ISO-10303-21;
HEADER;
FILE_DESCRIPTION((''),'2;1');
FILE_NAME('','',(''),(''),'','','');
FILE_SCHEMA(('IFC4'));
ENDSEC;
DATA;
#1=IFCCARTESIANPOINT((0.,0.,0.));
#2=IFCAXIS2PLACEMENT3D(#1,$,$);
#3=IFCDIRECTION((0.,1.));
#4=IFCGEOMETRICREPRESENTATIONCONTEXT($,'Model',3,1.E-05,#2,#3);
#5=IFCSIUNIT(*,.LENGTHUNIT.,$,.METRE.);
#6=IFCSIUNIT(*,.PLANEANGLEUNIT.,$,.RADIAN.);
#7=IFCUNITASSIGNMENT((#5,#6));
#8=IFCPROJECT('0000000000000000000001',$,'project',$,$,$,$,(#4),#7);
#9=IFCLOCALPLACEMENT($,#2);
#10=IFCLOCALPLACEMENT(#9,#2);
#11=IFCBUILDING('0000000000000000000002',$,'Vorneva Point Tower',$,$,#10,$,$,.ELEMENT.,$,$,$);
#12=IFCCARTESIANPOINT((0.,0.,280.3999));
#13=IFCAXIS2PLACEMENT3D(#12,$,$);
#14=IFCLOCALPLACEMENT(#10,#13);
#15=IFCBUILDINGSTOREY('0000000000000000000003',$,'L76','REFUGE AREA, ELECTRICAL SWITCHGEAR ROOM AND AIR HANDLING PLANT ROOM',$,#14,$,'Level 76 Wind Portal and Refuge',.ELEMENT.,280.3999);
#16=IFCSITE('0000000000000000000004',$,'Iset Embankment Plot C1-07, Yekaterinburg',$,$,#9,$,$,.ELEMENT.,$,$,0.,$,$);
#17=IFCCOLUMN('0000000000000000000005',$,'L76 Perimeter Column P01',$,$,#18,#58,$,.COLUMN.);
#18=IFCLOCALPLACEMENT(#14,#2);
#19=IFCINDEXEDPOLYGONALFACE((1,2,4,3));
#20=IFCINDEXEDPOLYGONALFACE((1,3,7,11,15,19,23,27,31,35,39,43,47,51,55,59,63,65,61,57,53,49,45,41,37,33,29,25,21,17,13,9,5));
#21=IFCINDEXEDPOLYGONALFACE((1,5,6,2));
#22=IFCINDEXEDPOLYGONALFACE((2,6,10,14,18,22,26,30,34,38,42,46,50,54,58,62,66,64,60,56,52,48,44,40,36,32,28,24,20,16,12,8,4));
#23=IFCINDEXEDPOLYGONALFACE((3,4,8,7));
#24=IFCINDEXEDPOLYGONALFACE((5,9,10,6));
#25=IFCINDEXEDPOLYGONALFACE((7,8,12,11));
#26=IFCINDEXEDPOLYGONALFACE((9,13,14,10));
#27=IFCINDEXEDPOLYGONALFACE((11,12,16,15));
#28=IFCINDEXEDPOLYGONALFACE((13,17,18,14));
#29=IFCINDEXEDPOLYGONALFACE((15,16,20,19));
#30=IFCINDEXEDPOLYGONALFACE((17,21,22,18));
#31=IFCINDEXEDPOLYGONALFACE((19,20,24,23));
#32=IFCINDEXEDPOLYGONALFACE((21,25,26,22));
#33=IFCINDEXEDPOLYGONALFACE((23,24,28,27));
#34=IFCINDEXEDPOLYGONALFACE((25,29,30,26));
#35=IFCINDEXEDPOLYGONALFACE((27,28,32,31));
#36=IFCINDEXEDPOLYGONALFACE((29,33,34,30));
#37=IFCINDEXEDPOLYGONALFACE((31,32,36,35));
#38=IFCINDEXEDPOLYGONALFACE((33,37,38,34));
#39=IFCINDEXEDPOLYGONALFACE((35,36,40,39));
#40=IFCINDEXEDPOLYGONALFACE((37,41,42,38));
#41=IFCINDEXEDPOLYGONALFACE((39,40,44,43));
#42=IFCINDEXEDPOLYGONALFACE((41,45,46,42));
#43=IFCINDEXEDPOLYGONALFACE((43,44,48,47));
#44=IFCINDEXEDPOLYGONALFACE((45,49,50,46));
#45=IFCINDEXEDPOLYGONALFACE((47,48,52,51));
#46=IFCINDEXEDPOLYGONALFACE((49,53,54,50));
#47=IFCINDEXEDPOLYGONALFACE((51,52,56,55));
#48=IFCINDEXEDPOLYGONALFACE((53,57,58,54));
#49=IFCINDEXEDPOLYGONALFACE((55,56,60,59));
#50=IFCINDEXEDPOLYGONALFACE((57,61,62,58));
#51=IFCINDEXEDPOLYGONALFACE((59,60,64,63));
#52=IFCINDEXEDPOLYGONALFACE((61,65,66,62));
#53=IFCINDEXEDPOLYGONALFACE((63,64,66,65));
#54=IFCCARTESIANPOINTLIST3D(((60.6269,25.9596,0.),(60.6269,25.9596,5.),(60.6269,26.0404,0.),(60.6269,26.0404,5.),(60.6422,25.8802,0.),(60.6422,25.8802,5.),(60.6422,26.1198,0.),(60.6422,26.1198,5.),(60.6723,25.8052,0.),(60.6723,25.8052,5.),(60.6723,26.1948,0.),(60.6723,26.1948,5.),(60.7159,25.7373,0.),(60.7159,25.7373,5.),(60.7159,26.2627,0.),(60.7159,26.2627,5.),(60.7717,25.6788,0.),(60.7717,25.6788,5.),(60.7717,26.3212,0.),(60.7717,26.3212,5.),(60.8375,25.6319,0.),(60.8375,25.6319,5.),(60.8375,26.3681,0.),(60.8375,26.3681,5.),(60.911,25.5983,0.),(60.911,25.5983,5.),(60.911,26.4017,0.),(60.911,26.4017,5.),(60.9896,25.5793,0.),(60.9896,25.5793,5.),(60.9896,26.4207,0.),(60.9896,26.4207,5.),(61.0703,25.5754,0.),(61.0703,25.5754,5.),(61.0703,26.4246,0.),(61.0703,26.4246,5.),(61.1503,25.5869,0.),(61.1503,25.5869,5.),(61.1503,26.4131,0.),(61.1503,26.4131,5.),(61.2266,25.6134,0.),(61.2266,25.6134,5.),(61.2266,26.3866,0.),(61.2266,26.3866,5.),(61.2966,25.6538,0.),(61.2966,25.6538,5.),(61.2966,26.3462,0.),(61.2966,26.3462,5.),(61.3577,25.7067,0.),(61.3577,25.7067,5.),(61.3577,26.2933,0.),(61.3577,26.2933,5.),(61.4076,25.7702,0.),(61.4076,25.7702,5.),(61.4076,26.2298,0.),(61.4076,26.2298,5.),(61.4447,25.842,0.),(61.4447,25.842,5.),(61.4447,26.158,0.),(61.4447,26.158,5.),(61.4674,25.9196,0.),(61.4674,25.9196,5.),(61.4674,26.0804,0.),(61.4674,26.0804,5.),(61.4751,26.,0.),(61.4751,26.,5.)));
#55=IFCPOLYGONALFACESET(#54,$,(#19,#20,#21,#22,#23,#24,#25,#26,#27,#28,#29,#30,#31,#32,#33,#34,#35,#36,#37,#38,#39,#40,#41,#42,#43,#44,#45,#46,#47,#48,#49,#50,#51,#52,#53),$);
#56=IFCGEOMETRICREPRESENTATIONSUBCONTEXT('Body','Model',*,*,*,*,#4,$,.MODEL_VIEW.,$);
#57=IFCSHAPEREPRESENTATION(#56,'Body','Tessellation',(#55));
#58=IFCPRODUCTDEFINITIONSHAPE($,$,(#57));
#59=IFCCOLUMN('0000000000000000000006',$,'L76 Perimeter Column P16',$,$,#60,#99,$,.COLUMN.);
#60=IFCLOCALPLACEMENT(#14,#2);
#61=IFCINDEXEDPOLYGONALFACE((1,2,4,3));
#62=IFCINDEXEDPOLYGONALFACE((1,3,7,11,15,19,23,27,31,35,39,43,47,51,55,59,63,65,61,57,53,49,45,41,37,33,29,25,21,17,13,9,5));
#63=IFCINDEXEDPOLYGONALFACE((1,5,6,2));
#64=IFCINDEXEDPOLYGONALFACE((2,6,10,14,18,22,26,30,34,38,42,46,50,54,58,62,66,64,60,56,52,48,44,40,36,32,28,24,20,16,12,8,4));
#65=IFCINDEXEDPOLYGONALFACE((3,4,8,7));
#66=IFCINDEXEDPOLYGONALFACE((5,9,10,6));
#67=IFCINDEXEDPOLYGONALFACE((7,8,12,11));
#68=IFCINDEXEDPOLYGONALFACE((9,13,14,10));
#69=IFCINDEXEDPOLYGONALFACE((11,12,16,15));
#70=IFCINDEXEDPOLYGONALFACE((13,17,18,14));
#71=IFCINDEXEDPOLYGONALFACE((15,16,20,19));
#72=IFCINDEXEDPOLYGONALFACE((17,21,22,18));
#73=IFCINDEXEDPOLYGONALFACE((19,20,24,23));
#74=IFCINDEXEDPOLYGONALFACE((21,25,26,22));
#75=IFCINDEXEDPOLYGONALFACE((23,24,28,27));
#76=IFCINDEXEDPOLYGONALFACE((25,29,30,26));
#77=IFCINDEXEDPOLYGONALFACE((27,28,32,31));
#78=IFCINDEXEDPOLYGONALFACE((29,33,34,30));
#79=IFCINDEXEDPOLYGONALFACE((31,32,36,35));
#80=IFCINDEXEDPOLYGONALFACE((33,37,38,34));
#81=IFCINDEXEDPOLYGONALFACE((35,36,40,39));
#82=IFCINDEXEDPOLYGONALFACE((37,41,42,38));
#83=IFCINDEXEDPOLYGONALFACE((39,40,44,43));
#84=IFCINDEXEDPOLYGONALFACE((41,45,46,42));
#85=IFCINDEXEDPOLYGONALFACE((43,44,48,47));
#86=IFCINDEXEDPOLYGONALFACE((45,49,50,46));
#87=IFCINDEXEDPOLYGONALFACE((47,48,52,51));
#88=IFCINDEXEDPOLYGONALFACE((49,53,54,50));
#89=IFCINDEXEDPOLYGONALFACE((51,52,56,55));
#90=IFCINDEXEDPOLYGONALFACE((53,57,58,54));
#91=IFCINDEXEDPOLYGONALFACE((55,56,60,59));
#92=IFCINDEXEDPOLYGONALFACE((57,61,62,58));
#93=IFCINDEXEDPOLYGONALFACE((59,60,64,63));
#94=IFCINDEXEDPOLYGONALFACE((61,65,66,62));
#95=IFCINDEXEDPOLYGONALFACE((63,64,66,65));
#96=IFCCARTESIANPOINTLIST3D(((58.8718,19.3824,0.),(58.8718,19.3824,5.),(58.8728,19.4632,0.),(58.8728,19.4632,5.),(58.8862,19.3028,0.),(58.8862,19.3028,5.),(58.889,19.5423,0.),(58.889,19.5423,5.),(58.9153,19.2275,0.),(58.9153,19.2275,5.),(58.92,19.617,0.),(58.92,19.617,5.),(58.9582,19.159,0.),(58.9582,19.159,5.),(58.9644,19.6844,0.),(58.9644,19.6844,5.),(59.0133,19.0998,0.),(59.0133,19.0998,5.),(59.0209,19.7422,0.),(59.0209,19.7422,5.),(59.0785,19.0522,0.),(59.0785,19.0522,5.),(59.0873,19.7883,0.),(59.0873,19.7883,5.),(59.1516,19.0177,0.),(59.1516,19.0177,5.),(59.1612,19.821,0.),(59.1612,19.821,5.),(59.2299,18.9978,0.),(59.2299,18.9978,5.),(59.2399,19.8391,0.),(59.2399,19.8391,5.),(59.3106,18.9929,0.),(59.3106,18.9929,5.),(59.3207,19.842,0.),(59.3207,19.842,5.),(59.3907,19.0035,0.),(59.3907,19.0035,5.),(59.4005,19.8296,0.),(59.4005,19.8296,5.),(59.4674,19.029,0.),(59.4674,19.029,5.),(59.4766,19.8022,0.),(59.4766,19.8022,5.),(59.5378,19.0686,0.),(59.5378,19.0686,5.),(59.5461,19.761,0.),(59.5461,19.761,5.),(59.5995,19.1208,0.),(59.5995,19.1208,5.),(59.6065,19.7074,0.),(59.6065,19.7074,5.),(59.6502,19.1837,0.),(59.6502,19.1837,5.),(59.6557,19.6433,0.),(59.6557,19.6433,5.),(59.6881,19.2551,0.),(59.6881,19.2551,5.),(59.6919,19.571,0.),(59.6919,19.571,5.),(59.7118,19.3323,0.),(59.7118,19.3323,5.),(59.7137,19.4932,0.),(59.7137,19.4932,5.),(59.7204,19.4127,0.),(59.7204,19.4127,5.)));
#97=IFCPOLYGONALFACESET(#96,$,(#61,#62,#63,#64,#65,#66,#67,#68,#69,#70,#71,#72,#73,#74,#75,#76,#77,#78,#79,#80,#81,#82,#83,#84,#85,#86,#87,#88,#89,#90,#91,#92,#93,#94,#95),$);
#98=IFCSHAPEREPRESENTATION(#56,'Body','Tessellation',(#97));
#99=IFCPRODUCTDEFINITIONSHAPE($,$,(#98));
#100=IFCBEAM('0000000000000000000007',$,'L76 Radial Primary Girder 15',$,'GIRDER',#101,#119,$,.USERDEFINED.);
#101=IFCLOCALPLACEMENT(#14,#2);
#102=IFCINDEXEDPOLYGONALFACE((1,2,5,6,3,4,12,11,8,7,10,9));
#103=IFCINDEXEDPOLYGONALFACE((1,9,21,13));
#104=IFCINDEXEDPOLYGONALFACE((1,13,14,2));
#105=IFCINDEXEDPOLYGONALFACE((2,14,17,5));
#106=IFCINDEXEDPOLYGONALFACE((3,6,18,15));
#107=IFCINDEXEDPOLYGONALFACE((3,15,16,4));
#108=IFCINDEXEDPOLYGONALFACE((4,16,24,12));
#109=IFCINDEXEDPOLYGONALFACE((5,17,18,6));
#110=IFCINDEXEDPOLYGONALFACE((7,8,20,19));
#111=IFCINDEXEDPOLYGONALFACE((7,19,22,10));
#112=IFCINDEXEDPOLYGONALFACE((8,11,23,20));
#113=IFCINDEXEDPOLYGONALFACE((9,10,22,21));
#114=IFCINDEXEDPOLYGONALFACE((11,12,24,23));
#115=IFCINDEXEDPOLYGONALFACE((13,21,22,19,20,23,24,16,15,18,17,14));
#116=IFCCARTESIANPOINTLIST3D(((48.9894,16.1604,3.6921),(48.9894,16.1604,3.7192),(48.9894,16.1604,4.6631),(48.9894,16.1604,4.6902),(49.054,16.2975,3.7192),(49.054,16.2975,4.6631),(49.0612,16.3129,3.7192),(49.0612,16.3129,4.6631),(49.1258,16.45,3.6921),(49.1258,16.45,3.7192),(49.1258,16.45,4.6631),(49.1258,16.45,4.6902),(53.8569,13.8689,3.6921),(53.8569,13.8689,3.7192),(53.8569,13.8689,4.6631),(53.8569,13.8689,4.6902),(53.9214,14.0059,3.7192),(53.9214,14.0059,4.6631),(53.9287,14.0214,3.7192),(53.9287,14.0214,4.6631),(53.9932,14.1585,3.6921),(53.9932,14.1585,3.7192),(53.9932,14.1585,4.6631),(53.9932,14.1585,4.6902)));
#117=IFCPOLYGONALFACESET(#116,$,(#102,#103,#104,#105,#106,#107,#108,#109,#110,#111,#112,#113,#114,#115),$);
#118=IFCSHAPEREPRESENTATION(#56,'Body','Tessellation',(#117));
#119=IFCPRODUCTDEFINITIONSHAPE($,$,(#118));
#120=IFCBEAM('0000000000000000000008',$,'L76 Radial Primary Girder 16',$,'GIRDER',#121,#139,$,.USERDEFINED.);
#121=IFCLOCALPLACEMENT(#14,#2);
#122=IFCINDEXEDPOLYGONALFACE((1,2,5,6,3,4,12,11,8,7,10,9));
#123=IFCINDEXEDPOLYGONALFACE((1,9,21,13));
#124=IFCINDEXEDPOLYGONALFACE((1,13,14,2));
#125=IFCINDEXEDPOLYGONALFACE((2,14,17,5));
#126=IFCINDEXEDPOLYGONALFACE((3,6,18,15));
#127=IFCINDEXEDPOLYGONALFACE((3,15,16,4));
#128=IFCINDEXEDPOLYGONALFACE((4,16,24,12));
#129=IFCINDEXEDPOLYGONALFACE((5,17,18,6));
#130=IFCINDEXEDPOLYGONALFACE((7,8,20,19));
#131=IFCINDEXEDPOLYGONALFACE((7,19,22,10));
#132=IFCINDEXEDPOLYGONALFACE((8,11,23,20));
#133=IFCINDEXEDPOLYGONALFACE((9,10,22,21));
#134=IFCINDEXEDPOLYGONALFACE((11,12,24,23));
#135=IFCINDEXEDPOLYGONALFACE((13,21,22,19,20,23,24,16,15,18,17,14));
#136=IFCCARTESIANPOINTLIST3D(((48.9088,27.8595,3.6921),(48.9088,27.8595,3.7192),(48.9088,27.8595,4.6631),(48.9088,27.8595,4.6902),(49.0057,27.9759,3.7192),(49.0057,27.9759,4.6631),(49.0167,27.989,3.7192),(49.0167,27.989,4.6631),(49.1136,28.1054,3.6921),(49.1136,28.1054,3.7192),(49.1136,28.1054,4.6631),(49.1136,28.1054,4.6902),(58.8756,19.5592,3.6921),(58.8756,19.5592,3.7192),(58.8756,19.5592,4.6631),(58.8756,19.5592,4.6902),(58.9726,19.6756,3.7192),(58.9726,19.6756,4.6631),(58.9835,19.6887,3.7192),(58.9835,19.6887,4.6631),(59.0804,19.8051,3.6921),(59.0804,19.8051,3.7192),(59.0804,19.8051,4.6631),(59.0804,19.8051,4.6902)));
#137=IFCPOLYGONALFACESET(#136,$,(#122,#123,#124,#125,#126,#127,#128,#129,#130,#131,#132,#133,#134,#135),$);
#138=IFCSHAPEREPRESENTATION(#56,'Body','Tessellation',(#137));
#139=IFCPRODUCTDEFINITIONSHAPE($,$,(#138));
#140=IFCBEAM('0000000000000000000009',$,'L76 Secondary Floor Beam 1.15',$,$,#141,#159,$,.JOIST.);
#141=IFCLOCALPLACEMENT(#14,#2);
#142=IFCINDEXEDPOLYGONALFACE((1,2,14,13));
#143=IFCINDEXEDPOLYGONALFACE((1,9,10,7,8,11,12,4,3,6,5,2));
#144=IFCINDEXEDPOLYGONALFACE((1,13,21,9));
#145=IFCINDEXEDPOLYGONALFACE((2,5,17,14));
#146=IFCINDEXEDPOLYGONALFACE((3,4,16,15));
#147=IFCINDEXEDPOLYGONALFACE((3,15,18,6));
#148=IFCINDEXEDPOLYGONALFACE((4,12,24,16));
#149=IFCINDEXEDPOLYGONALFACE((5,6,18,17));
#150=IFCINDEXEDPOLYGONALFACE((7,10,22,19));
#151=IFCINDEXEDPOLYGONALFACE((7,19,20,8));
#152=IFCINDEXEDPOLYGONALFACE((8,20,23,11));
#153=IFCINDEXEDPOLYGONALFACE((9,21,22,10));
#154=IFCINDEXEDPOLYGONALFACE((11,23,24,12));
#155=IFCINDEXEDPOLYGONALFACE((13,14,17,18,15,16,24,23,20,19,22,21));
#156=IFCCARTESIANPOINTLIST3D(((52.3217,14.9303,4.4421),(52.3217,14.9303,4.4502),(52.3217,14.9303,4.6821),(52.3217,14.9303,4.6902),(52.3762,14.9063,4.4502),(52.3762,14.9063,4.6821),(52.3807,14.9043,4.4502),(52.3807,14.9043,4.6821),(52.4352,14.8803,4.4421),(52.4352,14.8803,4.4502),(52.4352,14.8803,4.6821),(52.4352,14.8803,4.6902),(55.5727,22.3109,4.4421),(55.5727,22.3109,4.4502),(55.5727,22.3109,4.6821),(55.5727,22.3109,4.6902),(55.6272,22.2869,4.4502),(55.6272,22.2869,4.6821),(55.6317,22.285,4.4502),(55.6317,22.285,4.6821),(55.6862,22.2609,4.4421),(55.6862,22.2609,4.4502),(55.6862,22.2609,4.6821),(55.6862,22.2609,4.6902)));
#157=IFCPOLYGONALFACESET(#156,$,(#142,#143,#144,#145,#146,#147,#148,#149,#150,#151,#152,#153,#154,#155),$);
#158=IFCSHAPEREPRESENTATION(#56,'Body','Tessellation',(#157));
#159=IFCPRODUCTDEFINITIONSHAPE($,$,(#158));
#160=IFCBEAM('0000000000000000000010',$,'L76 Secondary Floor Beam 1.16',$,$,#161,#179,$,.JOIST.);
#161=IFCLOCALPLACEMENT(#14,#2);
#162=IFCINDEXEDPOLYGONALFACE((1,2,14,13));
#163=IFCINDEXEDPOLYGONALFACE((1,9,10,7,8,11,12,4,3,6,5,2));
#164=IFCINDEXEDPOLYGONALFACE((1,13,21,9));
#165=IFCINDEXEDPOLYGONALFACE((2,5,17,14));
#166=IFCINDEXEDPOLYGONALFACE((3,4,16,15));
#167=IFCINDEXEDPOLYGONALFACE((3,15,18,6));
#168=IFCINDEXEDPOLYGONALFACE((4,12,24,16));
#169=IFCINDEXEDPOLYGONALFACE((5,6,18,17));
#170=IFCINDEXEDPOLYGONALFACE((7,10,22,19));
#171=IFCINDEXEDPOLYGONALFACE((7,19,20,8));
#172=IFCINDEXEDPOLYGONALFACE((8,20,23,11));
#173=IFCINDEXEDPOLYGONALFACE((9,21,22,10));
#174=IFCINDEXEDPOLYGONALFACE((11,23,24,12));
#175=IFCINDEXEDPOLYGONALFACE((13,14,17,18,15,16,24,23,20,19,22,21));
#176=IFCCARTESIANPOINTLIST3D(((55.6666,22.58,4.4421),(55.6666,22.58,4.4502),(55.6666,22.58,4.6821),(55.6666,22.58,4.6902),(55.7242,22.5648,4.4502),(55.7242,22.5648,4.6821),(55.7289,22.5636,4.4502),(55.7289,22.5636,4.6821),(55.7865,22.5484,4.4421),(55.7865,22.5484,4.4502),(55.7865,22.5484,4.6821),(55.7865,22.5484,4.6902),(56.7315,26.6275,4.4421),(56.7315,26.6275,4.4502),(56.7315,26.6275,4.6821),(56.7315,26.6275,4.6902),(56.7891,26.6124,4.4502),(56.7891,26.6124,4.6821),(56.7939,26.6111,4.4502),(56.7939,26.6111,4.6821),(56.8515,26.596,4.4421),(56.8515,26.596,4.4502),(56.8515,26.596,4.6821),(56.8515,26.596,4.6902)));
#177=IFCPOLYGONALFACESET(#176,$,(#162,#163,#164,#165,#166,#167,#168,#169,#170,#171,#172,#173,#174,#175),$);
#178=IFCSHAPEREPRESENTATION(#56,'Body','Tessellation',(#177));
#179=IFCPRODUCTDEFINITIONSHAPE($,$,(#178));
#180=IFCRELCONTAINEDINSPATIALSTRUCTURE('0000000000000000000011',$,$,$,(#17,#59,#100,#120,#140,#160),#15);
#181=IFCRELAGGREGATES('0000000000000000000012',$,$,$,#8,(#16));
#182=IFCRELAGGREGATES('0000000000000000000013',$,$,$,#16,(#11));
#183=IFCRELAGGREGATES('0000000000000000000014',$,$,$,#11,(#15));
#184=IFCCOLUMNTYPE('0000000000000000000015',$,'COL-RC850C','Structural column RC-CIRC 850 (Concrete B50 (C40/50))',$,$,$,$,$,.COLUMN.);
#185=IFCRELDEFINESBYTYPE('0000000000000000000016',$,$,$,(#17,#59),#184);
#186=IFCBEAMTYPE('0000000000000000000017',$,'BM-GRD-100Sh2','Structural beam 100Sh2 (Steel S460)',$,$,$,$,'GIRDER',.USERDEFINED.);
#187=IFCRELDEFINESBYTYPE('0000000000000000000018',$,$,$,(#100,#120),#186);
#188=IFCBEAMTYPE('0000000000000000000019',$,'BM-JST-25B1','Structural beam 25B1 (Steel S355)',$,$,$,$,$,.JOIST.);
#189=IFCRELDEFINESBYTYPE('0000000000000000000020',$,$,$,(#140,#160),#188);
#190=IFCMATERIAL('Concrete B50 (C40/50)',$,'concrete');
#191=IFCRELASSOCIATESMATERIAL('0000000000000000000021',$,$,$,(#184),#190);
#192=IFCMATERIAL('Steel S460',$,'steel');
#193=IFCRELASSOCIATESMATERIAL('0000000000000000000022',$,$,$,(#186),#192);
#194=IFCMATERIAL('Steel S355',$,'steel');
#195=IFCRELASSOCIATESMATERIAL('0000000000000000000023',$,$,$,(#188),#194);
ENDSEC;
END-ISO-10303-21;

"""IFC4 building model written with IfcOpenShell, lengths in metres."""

from ifc_helpers import new_model, si_unit, direction, frame, origin, origin_2d, place, context, subcontext, project, spatial, circle, i_section, extrude, material, material_profile, profile_set, type_object, element, save


model = new_model("IFC4")

# Units and contexts
model_context = context("Model", 3, precision=1e-05, world=origin(), true_north=direction((0.0, 1.0)))
body_context = subcontext(model_context, "Body", "Model", "MODEL_VIEW")
ifc_project = project(units=[si_unit("LENGTHUNIT", "METRE"), si_unit("PLANEANGLEUNIT", "RADIAN")], contexts=[model_context])

# Site, building, storey
site_placement = place(None, origin())
site = spatial("IfcSite", under=ifc_project, at=site_placement, Name="Iset Embankment Plot C1-07, Yekaterinburg", CompositionType="ELEMENT", RefElevation=0.0)
building_placement = place(site_placement, origin())
building = spatial("IfcBuilding", under=site, at=building_placement, Name="Vorneva Point Tower", CompositionType="ELEMENT")
storey_placement = place(building_placement, frame((0.0, 0.0, 280.3999)))
storey = spatial("IfcBuildingStorey", under=building, at=storey_placement, Name="L76", Description="REFUGE AREA, ELECTRICAL SWITCHGEAR ROOM AND AIR HANDLING PLANT ROOM", LongName="Level 76 Wind Portal and Refuge", CompositionType="ELEMENT", Elevation=280.3999)

# Columns
ifc_material_1 = material(Name="Concrete B50 (C40/50)", Category="concrete")
ifc_material_profile_1 = material_profile(ifc_material_1, circle(Radius=0.425, at=origin_2d()), Name="RC-CIRC 850")
ifc_profile_set_1 = profile_set([ifc_material_profile_1], Name="Concrete B50 (C40/50)")
column_type = type_object("IfcColumnType", Name="COL-RC850C", Description="Structural column RC-CIRC 850 (Concrete B50 (C40/50))", PredefinedType="COLUMN", material=ifc_profile_set_1)
for number, where, z_axis, x_axis, name in (
    (1, (61.05, 26.0, 0.0), (0.0, 0.0, 1.0), (1.0, 0.0, 0.0), "L76 Perimeter Column P01"),
    (2, (59.2954, 19.4177, 0.0), (0.0, 0.0, 1.0), (0.92388, -0.382683, 0.0), "L76 Perimeter Column P16"),
):
    element("IfcColumn", number, at=place(storey_placement, frame(where, z_axis=z_axis, x_axis=x_axis)), inside=storey, type_object=column_type, Name=name, PredefinedType="COLUMN", context=body_context, shape_type="SweptSolid", body=[
        extrude(circle(Radius=0.425, at=origin_2d()), origin(), (0.0, 0.0, 1.0), 5.0),
    ])

# Beams
ifc_material_2 = material(Name="Steel S460", Category="steel")
ifc_material_profile_2 = material_profile(ifc_material_2, i_section(OverallWidth=0.3201, OverallDepth=0.998, WebThickness=0.0171, FlangeThickness=0.0271, at=origin_2d()), Name="100Sh2")
ifc_profile_set_2 = profile_set([ifc_material_profile_2], Name="Steel S460")
beam_type_1 = type_object("IfcBeamType", Name="BM-GRD-100Sh2", Description="Structural beam 100Sh2 (Steel S460)", ElementType="GIRDER", PredefinedType="USERDEFINED", material=ifc_profile_set_2)
beam_1_placement = place(storey_placement, frame((53.925, 14.0137, 4.1912), z_axis=(-0.904751, 0.425941, 0.0), x_axis=(-0.425941, -0.904751, 0.0)))
element("IfcBeam", 3, at=beam_1_placement, inside=storey, type_object=beam_type_1, Name="L76 Radial Primary Girder 15", ObjectType="GIRDER", PredefinedType="USERDEFINED", context=body_context, shape_type="SweptSolid", body=[
    extrude(i_section(OverallWidth=0.3201, OverallDepth=0.998, WebThickness=0.0171, FlangeThickness=0.0271, at=origin_2d()), origin(), (0.0, 0.0, 1.0), 5.3799),
])
beam_2_placement = place(storey_placement, frame((58.978, 19.6821, 4.1912), z_axis=(-0.768425, 0.63994, 0.0), x_axis=(-0.63994, -0.768425, 0.0)))
element("IfcBeam", 4, at=beam_2_placement, inside=storey, type_object=beam_type_1, Name="L76 Radial Primary Girder 16", ObjectType="GIRDER", PredefinedType="USERDEFINED", context=body_context, shape_type="SweptSolid", body=[
    extrude(i_section(OverallWidth=0.3201, OverallDepth=0.998, WebThickness=0.0171, FlangeThickness=0.0271, at=origin_2d()), origin(), (0.0, 0.0, 1.0), 12.9705),
])
ifc_material_3 = material(Name="Steel S355", Category="steel")
ifc_material_profile_3 = material_profile(ifc_material_3, i_section(OverallWidth=0.124, OverallDepth=0.248, WebThickness=0.0049, FlangeThickness=0.0081, at=origin_2d()), Name="25B1")
ifc_profile_set_3 = profile_set([ifc_material_profile_3], Name="Steel S355")
beam_type_2 = type_object("IfcBeamType", Name="BM-JST-25B1", Description="Structural beam 25B1 (Steel S355)", PredefinedType="JOIST", material=ifc_profile_set_3)
beam_3_placement = place(storey_placement, frame((52.3784, 14.9053, 4.5662), z_axis=(0.403103, 0.915155, 0.0), x_axis=(-0.915155, 0.403103, 0.0)))
element("IfcBeam", 5, at=beam_3_placement, inside=storey, type_object=beam_type_2, Name="L76 Secondary Floor Beam 1.15", PredefinedType="JOIST", context=body_context, shape_type="SweptSolid", body=[
    extrude(i_section(OverallWidth=0.124, OverallDepth=0.248, WebThickness=0.0049, FlangeThickness=0.0081, at=origin_2d()), origin(), (0.0, 0.0, 1.0), 8.0649),
])
beam_4_placement = place(storey_placement, frame((55.7266, 22.5642, 4.5662), z_axis=(0.254444, 0.967087, 0.0), x_axis=(-0.967087, 0.254444, 0.0)))
element("IfcBeam", 6, at=beam_4_placement, inside=storey, type_object=beam_type_2, Name="L76 Secondary Floor Beam 1.16", PredefinedType="JOIST", context=body_context, shape_type="SweptSolid", body=[
    extrude(i_section(OverallWidth=0.124, OverallDepth=0.248, WebThickness=0.0049, FlangeThickness=0.0081, at=origin_2d()), origin(), (0.0, 0.0, 1.0), 4.1853),
])

save(model, "model.ifc")
